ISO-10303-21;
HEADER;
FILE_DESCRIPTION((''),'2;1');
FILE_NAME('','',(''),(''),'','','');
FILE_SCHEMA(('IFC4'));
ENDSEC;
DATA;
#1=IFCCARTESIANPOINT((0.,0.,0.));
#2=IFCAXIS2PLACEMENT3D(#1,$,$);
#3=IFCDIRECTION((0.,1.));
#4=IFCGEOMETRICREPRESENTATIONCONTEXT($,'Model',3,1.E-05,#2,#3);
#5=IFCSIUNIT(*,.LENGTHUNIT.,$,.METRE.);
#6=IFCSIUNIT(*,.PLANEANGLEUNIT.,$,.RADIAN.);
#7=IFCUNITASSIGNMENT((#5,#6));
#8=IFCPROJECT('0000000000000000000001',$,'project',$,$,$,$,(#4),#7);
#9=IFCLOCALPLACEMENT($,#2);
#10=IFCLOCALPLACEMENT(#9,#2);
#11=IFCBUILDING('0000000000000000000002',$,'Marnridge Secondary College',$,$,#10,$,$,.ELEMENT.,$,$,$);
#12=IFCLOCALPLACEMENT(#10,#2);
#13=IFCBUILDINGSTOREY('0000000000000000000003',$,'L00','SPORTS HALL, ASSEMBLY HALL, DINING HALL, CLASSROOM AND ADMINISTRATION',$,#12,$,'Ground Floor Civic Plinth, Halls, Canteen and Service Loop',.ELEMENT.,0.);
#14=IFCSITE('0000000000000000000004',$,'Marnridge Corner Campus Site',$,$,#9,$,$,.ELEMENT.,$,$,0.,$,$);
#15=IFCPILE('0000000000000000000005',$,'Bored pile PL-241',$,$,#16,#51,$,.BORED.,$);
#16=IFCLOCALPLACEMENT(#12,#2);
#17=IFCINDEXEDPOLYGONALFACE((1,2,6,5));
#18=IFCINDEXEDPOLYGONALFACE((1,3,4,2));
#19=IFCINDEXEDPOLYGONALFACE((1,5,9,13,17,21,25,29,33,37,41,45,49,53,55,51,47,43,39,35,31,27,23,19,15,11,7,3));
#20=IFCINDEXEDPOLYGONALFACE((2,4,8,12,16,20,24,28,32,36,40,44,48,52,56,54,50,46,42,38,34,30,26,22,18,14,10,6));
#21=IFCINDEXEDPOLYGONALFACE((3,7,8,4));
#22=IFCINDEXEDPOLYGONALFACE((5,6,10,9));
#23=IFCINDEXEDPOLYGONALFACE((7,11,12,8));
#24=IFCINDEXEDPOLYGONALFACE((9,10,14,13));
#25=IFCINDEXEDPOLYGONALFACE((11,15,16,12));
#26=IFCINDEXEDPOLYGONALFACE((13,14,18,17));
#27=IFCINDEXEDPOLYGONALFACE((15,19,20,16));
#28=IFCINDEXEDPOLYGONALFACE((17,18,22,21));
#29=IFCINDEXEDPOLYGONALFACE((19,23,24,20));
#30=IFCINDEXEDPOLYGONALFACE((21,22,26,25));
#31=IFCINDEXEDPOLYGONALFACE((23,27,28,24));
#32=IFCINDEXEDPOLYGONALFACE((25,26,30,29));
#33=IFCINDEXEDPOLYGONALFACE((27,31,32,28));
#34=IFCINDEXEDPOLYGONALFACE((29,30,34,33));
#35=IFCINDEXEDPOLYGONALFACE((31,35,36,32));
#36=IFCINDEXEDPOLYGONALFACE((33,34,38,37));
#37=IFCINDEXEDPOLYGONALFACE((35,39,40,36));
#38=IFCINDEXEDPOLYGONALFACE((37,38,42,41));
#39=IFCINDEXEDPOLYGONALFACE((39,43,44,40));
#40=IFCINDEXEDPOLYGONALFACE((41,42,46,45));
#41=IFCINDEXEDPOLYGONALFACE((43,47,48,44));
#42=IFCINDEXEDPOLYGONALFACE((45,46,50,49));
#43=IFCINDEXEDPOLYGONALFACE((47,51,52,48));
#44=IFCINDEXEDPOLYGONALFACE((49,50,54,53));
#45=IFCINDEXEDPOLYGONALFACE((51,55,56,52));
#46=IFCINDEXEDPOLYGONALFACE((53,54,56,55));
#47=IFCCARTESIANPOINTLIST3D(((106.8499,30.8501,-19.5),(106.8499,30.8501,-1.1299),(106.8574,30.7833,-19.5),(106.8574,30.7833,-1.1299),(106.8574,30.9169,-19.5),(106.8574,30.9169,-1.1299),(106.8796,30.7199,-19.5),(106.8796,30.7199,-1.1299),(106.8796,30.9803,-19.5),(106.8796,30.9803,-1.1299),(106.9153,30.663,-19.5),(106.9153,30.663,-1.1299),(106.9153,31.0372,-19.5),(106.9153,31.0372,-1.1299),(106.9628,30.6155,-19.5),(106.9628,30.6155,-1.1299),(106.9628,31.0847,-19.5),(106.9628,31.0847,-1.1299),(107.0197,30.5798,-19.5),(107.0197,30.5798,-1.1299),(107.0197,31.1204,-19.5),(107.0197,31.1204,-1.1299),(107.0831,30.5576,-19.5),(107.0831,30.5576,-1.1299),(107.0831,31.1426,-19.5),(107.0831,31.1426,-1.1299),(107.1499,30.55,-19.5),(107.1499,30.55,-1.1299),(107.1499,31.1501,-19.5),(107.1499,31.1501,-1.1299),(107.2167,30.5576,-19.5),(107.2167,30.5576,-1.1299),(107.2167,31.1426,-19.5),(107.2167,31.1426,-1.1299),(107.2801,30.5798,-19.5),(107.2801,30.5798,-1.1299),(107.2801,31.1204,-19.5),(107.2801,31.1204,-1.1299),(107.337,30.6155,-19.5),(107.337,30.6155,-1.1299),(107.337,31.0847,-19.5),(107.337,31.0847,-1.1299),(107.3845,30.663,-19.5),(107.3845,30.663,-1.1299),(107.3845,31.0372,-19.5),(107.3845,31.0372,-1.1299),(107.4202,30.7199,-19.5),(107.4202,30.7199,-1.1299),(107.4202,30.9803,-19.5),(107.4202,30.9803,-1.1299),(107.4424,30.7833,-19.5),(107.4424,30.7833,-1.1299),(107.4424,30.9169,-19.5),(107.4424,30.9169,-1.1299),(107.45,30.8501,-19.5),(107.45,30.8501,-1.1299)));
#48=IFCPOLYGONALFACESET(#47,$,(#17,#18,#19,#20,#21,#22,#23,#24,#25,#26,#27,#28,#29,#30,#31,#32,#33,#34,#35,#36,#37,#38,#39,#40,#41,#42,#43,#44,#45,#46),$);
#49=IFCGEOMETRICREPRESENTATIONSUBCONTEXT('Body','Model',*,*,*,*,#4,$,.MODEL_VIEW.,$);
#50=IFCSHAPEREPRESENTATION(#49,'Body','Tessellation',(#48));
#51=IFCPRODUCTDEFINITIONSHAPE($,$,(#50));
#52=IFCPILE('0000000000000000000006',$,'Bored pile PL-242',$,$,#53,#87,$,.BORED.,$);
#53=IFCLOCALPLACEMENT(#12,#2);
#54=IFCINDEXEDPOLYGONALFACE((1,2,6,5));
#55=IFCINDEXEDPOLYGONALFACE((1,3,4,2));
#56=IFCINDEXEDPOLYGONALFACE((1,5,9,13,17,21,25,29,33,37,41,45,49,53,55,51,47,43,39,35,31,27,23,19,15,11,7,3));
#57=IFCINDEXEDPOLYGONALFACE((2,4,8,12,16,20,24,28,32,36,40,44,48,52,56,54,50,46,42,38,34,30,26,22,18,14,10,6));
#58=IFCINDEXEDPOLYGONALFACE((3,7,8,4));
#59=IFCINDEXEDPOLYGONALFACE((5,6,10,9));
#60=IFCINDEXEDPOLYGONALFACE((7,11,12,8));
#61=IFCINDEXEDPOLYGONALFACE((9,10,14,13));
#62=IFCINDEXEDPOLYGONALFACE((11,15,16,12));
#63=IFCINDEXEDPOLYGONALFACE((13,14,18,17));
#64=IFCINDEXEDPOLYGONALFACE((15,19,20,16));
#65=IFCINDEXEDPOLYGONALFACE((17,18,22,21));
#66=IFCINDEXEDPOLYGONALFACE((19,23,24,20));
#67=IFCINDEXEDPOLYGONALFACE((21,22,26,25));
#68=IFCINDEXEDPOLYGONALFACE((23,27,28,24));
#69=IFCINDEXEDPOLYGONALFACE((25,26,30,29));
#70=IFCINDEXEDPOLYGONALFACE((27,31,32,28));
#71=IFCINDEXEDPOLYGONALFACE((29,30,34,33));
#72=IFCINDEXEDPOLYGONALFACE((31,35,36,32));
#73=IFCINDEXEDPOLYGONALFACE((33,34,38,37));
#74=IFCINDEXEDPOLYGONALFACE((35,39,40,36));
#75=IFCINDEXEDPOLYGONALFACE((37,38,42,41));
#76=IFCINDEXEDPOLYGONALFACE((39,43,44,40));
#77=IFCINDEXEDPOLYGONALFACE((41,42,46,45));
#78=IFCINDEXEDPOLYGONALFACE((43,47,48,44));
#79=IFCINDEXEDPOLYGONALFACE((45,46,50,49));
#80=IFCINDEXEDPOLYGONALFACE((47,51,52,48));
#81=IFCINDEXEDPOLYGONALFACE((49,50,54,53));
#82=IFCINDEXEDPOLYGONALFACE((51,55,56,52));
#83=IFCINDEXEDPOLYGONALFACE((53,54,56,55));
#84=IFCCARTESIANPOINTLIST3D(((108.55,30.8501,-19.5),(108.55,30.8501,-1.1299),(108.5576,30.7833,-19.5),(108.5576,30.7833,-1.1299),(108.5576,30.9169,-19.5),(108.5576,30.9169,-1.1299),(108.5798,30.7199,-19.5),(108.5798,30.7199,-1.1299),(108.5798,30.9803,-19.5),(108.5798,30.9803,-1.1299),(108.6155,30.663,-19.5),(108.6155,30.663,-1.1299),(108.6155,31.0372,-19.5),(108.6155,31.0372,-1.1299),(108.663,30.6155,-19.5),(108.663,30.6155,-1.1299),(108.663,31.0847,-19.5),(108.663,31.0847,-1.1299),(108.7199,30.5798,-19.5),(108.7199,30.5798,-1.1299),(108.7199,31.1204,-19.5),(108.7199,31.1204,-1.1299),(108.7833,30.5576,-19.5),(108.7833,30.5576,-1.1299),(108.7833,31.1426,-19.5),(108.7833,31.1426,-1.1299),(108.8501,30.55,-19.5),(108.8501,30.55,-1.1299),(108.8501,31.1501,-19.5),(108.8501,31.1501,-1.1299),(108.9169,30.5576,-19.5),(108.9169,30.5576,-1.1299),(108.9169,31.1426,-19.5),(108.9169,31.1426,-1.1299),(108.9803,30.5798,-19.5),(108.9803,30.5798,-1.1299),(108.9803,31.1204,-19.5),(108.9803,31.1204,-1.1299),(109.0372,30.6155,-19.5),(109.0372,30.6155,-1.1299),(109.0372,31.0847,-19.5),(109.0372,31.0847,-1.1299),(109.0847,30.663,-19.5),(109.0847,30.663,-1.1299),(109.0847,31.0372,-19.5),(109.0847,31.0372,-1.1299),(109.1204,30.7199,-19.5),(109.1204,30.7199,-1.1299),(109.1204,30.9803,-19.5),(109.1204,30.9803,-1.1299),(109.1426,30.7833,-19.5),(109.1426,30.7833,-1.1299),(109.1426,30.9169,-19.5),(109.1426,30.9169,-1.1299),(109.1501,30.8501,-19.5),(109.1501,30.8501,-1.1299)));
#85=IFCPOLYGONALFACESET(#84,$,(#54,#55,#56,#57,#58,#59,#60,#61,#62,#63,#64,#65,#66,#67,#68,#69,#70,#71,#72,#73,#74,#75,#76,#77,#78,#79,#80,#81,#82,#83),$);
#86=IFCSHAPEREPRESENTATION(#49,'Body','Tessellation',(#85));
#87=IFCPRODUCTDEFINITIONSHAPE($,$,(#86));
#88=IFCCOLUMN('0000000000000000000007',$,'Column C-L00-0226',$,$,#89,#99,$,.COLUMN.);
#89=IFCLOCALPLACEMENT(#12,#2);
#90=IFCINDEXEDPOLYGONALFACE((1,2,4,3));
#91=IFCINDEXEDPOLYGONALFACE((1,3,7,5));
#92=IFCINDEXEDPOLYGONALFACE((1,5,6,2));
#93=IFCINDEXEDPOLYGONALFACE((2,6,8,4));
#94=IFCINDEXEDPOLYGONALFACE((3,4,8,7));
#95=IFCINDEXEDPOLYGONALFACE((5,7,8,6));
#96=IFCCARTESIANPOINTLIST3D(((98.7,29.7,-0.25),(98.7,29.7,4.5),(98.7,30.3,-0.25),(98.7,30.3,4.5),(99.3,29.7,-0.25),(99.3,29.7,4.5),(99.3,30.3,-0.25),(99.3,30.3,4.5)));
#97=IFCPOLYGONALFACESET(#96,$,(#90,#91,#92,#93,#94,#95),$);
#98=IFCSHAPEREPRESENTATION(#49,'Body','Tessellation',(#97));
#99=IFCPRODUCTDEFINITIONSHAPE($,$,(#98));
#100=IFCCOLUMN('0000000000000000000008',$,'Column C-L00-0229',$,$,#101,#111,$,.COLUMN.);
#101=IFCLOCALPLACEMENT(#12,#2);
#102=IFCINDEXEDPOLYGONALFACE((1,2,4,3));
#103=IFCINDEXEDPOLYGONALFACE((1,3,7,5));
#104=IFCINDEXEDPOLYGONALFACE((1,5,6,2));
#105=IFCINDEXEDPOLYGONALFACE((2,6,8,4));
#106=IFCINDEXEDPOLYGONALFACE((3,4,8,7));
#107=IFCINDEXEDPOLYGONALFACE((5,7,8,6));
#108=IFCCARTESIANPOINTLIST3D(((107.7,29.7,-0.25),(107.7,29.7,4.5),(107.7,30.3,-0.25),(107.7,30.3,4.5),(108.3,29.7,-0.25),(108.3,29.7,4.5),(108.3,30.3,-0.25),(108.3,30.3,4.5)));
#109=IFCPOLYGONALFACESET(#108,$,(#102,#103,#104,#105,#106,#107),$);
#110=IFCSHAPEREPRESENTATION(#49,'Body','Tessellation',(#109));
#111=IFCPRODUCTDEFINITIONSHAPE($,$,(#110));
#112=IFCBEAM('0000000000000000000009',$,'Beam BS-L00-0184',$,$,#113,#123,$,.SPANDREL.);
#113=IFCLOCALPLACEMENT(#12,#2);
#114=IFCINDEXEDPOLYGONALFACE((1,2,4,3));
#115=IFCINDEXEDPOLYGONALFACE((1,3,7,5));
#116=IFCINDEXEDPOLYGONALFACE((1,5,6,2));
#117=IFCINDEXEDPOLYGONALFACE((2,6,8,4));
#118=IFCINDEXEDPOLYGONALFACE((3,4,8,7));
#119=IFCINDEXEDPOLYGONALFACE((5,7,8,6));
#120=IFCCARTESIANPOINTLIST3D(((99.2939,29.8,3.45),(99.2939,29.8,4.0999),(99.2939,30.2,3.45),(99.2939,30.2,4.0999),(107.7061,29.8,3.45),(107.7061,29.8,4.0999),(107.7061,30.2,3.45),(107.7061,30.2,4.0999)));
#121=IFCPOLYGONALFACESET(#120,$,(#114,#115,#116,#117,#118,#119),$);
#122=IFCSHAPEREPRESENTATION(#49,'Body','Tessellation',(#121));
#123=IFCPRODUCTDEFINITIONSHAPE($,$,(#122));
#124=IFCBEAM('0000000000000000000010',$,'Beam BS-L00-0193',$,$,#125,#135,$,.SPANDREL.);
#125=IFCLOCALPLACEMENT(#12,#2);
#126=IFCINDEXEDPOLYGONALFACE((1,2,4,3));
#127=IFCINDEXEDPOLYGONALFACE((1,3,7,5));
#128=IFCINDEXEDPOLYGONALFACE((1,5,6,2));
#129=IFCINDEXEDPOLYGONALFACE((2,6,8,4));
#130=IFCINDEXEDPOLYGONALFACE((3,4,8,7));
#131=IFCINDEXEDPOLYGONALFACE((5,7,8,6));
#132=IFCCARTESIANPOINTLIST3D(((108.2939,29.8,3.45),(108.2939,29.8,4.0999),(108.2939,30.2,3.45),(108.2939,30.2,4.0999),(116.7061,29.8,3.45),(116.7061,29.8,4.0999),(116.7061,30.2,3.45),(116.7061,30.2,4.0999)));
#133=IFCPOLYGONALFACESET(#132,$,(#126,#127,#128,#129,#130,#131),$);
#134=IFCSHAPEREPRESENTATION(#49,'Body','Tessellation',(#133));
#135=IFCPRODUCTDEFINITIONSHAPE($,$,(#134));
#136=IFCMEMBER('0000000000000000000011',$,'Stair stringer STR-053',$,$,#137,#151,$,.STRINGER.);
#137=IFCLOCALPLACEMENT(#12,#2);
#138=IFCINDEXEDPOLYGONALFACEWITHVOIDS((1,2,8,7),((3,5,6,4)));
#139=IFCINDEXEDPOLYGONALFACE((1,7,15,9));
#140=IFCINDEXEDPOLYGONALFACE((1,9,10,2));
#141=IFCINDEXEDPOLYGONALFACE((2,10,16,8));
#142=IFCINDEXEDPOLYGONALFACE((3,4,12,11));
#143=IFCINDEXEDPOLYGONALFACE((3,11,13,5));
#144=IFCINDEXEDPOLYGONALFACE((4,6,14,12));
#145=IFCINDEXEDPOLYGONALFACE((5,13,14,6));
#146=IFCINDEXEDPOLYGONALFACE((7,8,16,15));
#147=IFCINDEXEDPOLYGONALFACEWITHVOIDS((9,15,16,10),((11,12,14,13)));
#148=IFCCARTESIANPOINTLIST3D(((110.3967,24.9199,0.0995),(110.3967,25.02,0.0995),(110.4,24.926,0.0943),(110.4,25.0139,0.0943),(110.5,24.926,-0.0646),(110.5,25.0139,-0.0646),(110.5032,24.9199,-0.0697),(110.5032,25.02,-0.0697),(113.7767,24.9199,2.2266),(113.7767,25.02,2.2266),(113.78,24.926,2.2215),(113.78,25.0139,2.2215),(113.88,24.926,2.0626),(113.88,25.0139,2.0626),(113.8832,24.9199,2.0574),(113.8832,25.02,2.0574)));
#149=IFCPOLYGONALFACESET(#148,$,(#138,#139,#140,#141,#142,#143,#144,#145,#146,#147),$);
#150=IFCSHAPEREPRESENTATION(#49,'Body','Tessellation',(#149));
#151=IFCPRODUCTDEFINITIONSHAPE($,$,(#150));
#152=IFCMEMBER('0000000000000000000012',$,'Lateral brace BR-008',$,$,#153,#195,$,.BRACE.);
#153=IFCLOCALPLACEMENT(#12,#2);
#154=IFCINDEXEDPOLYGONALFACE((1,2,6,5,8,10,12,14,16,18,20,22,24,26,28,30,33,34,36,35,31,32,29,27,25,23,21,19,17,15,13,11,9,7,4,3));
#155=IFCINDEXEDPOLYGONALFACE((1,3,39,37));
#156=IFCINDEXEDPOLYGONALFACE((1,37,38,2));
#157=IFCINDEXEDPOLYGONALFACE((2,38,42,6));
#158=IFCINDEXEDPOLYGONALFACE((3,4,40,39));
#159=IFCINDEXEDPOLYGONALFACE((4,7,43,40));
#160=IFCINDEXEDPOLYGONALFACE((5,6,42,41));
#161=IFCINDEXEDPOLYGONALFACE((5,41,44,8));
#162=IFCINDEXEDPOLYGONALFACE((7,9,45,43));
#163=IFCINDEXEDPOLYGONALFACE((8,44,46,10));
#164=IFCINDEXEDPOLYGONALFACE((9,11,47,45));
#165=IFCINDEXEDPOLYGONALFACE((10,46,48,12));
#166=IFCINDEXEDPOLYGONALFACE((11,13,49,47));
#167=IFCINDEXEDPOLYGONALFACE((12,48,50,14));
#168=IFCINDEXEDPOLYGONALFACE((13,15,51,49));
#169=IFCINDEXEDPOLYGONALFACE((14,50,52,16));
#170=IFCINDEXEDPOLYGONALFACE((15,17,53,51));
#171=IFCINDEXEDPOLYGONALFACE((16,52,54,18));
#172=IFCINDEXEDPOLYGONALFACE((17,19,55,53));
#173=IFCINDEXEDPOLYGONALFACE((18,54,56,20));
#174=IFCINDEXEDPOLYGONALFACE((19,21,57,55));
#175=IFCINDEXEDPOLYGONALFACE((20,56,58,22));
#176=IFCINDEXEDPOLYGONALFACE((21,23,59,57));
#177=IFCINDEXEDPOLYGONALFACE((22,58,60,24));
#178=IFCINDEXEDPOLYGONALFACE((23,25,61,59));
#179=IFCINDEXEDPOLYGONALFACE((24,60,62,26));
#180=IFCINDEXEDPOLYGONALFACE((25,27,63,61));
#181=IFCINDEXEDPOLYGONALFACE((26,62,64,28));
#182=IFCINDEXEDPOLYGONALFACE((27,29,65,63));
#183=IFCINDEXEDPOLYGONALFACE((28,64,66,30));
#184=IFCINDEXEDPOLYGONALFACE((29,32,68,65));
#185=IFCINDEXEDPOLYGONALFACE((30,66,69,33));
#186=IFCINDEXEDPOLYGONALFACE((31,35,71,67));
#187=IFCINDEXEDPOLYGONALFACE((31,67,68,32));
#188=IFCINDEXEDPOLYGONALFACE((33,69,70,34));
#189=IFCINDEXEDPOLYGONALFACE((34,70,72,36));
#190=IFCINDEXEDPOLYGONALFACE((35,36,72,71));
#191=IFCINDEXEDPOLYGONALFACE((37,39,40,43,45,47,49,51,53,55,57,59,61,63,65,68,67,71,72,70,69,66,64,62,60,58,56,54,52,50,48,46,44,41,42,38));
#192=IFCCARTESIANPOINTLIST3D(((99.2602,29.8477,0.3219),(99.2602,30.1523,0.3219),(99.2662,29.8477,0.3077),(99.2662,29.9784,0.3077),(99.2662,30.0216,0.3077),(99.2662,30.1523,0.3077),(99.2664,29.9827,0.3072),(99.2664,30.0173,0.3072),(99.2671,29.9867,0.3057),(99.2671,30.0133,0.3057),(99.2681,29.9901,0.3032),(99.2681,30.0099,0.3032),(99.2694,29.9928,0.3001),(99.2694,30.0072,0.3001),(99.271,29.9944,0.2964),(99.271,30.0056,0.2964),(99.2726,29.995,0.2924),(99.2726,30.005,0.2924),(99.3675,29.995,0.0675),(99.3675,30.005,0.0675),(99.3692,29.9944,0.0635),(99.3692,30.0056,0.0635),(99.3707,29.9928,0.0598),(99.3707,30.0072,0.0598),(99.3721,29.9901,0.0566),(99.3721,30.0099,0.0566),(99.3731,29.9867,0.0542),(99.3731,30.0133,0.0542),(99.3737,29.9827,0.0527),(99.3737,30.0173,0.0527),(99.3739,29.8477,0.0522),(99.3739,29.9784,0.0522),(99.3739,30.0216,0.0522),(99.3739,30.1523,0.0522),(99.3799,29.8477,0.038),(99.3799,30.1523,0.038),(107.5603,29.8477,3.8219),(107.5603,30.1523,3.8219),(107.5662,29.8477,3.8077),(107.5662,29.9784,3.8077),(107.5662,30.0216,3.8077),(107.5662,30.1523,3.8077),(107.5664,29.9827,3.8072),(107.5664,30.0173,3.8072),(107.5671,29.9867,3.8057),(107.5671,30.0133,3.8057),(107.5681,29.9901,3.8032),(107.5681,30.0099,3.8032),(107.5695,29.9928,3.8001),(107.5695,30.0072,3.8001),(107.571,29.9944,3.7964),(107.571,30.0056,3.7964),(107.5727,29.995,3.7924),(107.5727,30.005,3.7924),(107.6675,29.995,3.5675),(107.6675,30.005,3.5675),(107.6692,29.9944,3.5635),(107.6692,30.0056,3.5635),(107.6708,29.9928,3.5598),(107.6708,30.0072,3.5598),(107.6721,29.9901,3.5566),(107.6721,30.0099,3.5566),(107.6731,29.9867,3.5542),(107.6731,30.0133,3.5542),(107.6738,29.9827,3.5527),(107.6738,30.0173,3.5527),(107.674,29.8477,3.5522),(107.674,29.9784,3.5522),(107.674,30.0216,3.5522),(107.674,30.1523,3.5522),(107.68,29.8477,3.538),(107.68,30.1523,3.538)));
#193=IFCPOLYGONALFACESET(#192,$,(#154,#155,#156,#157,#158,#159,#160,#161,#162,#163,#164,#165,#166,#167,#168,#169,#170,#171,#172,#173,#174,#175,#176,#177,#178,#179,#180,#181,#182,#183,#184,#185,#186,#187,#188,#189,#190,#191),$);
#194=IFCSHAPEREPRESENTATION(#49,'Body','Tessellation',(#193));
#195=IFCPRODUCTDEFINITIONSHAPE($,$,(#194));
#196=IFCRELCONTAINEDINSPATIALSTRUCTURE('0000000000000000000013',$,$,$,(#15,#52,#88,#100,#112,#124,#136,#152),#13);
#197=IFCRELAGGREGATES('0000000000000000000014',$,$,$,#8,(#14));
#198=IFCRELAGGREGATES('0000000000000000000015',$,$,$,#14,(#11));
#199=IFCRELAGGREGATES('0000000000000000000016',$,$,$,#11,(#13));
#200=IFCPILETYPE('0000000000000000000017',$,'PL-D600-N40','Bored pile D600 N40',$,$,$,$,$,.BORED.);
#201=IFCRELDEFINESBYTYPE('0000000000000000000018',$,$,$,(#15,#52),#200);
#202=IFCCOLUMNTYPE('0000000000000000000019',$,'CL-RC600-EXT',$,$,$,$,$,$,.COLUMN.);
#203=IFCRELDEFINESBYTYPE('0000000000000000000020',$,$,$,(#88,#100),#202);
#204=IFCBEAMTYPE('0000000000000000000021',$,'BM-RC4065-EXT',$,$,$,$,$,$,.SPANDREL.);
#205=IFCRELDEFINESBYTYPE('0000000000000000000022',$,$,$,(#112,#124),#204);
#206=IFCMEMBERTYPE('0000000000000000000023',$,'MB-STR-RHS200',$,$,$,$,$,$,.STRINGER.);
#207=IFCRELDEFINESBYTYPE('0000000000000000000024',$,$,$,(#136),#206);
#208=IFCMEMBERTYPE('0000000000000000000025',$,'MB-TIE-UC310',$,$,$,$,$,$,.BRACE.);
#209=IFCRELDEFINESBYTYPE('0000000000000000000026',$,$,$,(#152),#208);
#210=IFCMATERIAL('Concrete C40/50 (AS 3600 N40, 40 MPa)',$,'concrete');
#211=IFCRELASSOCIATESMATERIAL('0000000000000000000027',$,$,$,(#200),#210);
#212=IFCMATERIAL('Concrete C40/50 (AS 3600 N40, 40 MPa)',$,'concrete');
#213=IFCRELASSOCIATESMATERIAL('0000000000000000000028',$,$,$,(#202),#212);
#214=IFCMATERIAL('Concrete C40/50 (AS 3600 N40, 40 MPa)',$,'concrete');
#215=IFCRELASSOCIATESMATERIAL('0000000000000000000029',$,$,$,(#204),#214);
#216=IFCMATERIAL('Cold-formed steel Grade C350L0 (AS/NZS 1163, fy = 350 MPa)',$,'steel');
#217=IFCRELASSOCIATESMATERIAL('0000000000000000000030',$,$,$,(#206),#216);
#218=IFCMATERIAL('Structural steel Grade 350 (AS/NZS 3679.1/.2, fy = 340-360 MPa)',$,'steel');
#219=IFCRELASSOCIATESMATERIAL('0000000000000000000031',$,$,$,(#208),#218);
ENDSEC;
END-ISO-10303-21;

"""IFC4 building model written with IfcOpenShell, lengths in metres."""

from ifc_helpers import new_model, si_unit, direction, frame, origin, origin_2d, place, context, subcontext, project, spatial, rectangle, hollow_rectangle, circle, i_section, extrude, material, material_profile, profile_set, type_object, element, save


model = new_model("IFC4")

# Units and contexts
model_context = context("Model", 3, precision=1e-05, world=origin(), true_north=direction((0.0, 1.0)))
body_context = subcontext(model_context, "Body", "Model", "MODEL_VIEW")
ifc_project = project(units=[si_unit("LENGTHUNIT", "METRE"), si_unit("PLANEANGLEUNIT", "RADIAN")], contexts=[model_context])

# Site, building, storey
site_placement = place(None, origin())
site = spatial("IfcSite", under=ifc_project, at=site_placement, Name="Marnridge Corner Campus Site", CompositionType="ELEMENT", RefElevation=0.0)
building_placement = place(site_placement, origin())
building = spatial("IfcBuilding", under=site, at=building_placement, Name="Marnridge Secondary College", CompositionType="ELEMENT")
storey_placement = place(building_placement, origin())
storey = spatial("IfcBuildingStorey", under=building, at=storey_placement, Name="L00", Description="SPORTS HALL, ASSEMBLY HALL, DINING HALL, CLASSROOM AND ADMINISTRATION", LongName="Ground Floor Civic Plinth, Halls, Canteen and Service Loop", CompositionType="ELEMENT", Elevation=0.0)

# Piles
ifc_material_1 = material(Name="Concrete C40/50 (AS 3600 N40, 40 MPa)", Category="concrete")
ifc_material_profile_1 = material_profile(ifc_material_1, circle(Radius=0.3, at=origin_2d()), Name="PILE D600")
ifc_profile_set_1 = profile_set([ifc_material_profile_1], Name="Concrete C40/50 (AS 3600 N40, 40 MPa)")
pile_type = type_object("IfcPileType", Name="PL-D600-N40", Description="Bored pile D600 N40", PredefinedType="BORED", material=ifc_profile_set_1)
for number, where, z_axis, x_axis, name in (
    (1, (107.1499, 30.8501, -1.1299), (0.0, 0.0, -1.0), (1.0, 0.0, 0.0), "Bored pile PL-241"),
    (2, (108.8501, 30.8501, -1.1299), (0.0, 0.0, -1.0), (1.0, 0.0, 0.0), "Bored pile PL-242"),
):
    element("IfcPile", number, at=place(storey_placement, frame(where, z_axis=z_axis, x_axis=x_axis)), inside=storey, type_object=pile_type, Name=name, PredefinedType="BORED", context=body_context, shape_type="SweptSolid", body=[
        extrude(circle(Radius=0.3, at=origin_2d()), origin(), (0.0, 0.0, 1.0), 18.3701),
    ])

# Columns
ifc_material_2 = material(Name="Concrete C40/50 (AS 3600 N40, 40 MPa)", Category="concrete")
ifc_material_profile_2 = material_profile(ifc_material_2, rectangle(XDim=0.6001, YDim=0.6001, at=origin_2d()), Name="RC 600x600")
ifc_profile_set_2 = profile_set([ifc_material_profile_2], Name="Concrete C40/50 (AS 3600 N40, 40 MPa)")
column_type = type_object("IfcColumnType", Name="CL-RC600-EXT", PredefinedType="COLUMN", material=ifc_profile_set_2)
for number, where, z_axis, x_axis, name in (
    (3, (99.0, 30.0, -0.25), (0.0, 0.0, 1.0), (1.0, 0.0, 0.0), "Column C-L00-0226"),
    (4, (108.0, 30.0, -0.25), (0.0, 0.0, 1.0), (1.0, 0.0, 0.0), "Column C-L00-0229"),
):
    element("IfcColumn", number, at=place(storey_placement, frame(where, z_axis=z_axis, x_axis=x_axis)), inside=storey, type_object=column_type, Name=name, PredefinedType="COLUMN", context=body_context, shape_type="SweptSolid", body=[
        extrude(rectangle(XDim=0.6001, YDim=0.6001, at=origin_2d()), origin(), (0.0, 0.0, 1.0), 4.75),
    ])

# Beams
ifc_material_3 = material(Name="Concrete C40/50 (AS 3600 N40, 40 MPa)", Category="concrete")
ifc_material_profile_3 = material_profile(ifc_material_3, rectangle(XDim=0.3999, YDim=0.6499, at=origin_2d()), Name="RC 400x650")
ifc_profile_set_3 = profile_set([ifc_material_profile_3], Name="Concrete C40/50 (AS 3600 N40, 40 MPa)")
beam_type = type_object("IfcBeamType", Name="BM-RC4065-EXT", PredefinedType="SPANDREL", material=ifc_profile_set_3)
for number, where, z_axis, x_axis, name in (
    (5, (99.2939, 30.0, 3.7749), (1.0, 0.0, 0.0), (0.0, 1.0, 0.0), "Beam BS-L00-0184"),
    (6, (108.2939, 30.0, 3.7749), (1.0, 0.0, 0.0), (0.0, 1.0, 0.0), "Beam BS-L00-0193"),
):
    element("IfcBeam", number, at=place(storey_placement, frame(where, z_axis=z_axis, x_axis=x_axis)), inside=storey, type_object=beam_type, Name=name, PredefinedType="SPANDREL", context=body_context, shape_type="SweptSolid", body=[
        extrude(rectangle(XDim=0.3999, YDim=0.6499, at=origin_2d()), origin(), (0.0, 0.0, 1.0), 8.4121),
    ])

# Members
ifc_material_4 = material(Name="Cold-formed steel Grade C350L0 (AS/NZS 1163, fy = 350 MPa)", Category="steel")
ifc_material_profile_4 = material_profile(ifc_material_4, hollow_rectangle(XDim=0.1001, YDim=0.2, WallThickness=0.0061, at=origin_2d()), Name="200x100x6.0RHS")
ifc_profile_set_4 = profile_set([ifc_material_profile_4], Name="Cold-formed steel Grade C350L0 (AS/NZS 1163, fy = 350 MPa)")
member_type_1 = type_object("IfcMemberType", Name="MB-STR-RHS200", PredefinedType="STRINGER", material=ifc_profile_set_4)
member_1_placement = place(storey_placement, frame((110.45, 24.97, 0.0149), z_axis=(0.846349, 0.0, 0.532628), x_axis=(0.0, 1.0, 0.0)))
element("IfcMember", 7, at=member_1_placement, inside=storey, type_object=member_type_1, Name="Stair stringer STR-053", PredefinedType="STRINGER", context=body_context, shape_type="SweptSolid", body=[
    extrude(hollow_rectangle(XDim=0.1001, YDim=0.2, WallThickness=0.0061, at=origin_2d()), origin(), (0.0, 0.0, 1.0), 3.9937),
])
ifc_material_5 = material(Name="Structural steel Grade 350 (AS/NZS 3679.1/.2, fy = 340-360 MPa)", Category="steel")
ifc_material_profile_5 = material_profile(ifc_material_5, i_section(OverallWidth=0.3047, OverallDepth=0.3081, WebThickness=0.01, FlangeThickness=0.0154, FilletRadius=0.0166, at=origin_2d()), Name="310UC96.8")
ifc_profile_set_5 = profile_set([ifc_material_profile_5], Name="Structural steel Grade 350 (AS/NZS 3679.1/.2, fy = 340-360 MPa)")
member_type_2 = type_object("IfcMemberType", Name="MB-TIE-UC310", PredefinedType="BRACE", material=ifc_profile_set_5)
member_2_placement = place(storey_placement, frame((99.3201, 30.0, 0.1799), z_axis=(0.921427, 0.0, 0.388551), x_axis=(0.0, 1.0, 0.0)))
element("IfcMember", 8, at=member_2_placement, inside=storey, type_object=member_type_2, Name="Lateral brace BR-008", PredefinedType="BRACE", context=body_context, shape_type="SweptSolid", body=[
    extrude(i_section(OverallWidth=0.3047, OverallDepth=0.3081, WebThickness=0.01, FlangeThickness=0.0154, FilletRadius=0.0166, at=origin_2d()), origin(), (0.0, 0.0, 1.0), 9.0078),
])

save(model, "model.ifc")
